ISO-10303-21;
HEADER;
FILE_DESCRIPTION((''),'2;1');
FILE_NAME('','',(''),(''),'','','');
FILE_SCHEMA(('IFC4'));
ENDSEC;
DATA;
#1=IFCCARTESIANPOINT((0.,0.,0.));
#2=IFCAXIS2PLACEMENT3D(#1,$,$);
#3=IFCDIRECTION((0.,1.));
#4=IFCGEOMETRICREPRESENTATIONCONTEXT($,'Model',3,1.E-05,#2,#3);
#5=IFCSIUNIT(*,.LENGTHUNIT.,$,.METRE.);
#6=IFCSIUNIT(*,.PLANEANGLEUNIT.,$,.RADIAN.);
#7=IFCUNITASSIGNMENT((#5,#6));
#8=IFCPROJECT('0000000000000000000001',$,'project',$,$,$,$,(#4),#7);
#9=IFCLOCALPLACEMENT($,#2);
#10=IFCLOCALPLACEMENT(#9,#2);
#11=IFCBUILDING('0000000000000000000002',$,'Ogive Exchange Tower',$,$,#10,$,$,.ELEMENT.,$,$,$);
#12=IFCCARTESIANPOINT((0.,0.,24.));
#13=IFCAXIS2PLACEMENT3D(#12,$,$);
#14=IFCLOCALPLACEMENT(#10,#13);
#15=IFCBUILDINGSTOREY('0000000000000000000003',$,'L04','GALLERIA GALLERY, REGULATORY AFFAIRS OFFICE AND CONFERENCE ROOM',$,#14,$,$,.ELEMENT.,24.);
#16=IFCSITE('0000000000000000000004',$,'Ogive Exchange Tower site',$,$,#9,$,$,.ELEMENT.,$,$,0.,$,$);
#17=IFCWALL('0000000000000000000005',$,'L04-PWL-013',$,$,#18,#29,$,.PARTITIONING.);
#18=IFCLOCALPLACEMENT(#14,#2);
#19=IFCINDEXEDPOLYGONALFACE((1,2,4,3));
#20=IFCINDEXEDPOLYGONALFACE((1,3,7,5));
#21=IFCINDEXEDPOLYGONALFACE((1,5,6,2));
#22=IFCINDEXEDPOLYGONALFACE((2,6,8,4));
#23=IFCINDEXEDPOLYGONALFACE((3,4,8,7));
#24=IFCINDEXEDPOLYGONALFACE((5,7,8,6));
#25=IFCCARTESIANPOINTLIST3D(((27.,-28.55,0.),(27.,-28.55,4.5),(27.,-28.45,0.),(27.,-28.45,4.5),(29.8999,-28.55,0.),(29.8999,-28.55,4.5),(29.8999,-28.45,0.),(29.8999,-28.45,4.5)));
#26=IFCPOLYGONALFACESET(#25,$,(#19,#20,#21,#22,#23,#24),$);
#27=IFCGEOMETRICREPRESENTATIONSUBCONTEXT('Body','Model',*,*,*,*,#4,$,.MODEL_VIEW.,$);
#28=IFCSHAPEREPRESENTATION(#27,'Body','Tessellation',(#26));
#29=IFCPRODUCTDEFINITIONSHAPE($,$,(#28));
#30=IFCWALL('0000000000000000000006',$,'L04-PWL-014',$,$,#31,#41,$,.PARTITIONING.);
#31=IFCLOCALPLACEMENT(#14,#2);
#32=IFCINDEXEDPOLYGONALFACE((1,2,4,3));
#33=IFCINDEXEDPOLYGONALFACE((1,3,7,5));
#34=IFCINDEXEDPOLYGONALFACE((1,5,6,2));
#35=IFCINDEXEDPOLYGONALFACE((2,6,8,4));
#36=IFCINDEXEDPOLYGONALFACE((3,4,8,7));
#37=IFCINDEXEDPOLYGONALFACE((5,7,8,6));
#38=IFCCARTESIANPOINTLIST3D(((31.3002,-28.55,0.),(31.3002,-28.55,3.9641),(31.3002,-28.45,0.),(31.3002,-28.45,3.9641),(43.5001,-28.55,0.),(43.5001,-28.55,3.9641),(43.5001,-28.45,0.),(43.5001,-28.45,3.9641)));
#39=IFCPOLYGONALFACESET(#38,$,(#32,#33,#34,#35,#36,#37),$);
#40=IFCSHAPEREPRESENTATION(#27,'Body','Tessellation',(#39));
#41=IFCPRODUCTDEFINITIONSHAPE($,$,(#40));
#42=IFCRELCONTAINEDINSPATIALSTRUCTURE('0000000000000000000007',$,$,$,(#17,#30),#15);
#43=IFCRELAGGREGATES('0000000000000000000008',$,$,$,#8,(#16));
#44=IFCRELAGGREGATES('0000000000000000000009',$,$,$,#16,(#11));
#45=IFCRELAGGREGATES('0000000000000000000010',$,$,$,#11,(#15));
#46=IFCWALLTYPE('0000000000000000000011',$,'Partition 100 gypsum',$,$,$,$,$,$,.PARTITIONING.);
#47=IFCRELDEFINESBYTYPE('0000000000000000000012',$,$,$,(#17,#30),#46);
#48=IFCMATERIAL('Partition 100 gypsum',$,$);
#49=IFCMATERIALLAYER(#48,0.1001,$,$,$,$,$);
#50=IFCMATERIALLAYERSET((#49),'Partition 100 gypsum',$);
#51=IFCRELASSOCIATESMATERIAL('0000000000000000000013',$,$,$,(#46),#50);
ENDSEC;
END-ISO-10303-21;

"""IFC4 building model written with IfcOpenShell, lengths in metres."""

from ifc_helpers import new_model, si_unit, direction, frame, frame_2d, origin, place, context, subcontext, project, spatial, rectangle, extrude, material, layer, layer_set, type_object, element, save


model = new_model("IFC4")

# Units and contexts
model_context = context("Model", 3, precision=1e-05, world=origin(), true_north=direction((0.0, 1.0)))
body_context = subcontext(model_context, "Body", "Model", "MODEL_VIEW")
ifc_project = project(units=[si_unit("LENGTHUNIT", "METRE"), si_unit("PLANEANGLEUNIT", "RADIAN")], contexts=[model_context])

# Site, building, storey
site_placement = place(None, origin())
site = spatial("IfcSite", under=ifc_project, at=site_placement, Name="Ogive Exchange Tower site", CompositionType="ELEMENT", RefElevation=0.0)
building_placement = place(site_placement, origin())
building = spatial("IfcBuilding", under=site, at=building_placement, Name="Ogive Exchange Tower", CompositionType="ELEMENT")
storey_placement = place(building_placement, frame((0.0, 0.0, 24.0)))
storey = spatial("IfcBuildingStorey", under=building, at=storey_placement, Name="L04", Description="GALLERIA GALLERY, REGULATORY AFFAIRS OFFICE AND CONFERENCE ROOM", CompositionType="ELEMENT", Elevation=24.0)

# Walls
ifc_material_1 = material(Name="Partition 100 gypsum")
ifc_layer_1 = layer(ifc_material_1, 0.1001)
ifc_layer_set_1 = layer_set([ifc_layer_1], Name="Partition 100 gypsum")
wall_type_1 = type_object("IfcWallType", Name="Partition 100 gypsum", PredefinedType="PARTITIONING", material=ifc_layer_set_1)
wall_1_placement = place(storey_placement, frame((27.0, -28.5, 0.0), z_axis=(0.0, 0.0, 1.0), x_axis=(1.0, 0.0, 0.0)))
element("IfcWall", 1, at=wall_1_placement, inside=storey, type_object=wall_type_1, Name="L04-PWL-013", PredefinedType="PARTITIONING", context=body_context, shape_type="SweptSolid", body=[
    extrude(rectangle(XDim=2.8999, YDim=0.1001, at=frame_2d((1.45, 0.0))), origin(), (0.0, 0.0, 1.0), 4.5),
])
wall_2_placement = place(storey_placement, frame((31.3, -28.5, 0.0), z_axis=(0.0, 0.0, 1.0), x_axis=(1.0, 0.0, 0.0)))
element("IfcWall", 2, at=wall_2_placement, inside=storey, type_object=wall_type_1, Name="L04-PWL-014", PredefinedType="PARTITIONING", context=body_context, shape_type="SweptSolid", body=[
    extrude(rectangle(XDim=12.2, YDim=0.1001, at=frame_2d((6.1001, 0.0))), origin(), (0.0, 0.0, 1.0), 3.9641),
])

save(model, "model.ifc")
